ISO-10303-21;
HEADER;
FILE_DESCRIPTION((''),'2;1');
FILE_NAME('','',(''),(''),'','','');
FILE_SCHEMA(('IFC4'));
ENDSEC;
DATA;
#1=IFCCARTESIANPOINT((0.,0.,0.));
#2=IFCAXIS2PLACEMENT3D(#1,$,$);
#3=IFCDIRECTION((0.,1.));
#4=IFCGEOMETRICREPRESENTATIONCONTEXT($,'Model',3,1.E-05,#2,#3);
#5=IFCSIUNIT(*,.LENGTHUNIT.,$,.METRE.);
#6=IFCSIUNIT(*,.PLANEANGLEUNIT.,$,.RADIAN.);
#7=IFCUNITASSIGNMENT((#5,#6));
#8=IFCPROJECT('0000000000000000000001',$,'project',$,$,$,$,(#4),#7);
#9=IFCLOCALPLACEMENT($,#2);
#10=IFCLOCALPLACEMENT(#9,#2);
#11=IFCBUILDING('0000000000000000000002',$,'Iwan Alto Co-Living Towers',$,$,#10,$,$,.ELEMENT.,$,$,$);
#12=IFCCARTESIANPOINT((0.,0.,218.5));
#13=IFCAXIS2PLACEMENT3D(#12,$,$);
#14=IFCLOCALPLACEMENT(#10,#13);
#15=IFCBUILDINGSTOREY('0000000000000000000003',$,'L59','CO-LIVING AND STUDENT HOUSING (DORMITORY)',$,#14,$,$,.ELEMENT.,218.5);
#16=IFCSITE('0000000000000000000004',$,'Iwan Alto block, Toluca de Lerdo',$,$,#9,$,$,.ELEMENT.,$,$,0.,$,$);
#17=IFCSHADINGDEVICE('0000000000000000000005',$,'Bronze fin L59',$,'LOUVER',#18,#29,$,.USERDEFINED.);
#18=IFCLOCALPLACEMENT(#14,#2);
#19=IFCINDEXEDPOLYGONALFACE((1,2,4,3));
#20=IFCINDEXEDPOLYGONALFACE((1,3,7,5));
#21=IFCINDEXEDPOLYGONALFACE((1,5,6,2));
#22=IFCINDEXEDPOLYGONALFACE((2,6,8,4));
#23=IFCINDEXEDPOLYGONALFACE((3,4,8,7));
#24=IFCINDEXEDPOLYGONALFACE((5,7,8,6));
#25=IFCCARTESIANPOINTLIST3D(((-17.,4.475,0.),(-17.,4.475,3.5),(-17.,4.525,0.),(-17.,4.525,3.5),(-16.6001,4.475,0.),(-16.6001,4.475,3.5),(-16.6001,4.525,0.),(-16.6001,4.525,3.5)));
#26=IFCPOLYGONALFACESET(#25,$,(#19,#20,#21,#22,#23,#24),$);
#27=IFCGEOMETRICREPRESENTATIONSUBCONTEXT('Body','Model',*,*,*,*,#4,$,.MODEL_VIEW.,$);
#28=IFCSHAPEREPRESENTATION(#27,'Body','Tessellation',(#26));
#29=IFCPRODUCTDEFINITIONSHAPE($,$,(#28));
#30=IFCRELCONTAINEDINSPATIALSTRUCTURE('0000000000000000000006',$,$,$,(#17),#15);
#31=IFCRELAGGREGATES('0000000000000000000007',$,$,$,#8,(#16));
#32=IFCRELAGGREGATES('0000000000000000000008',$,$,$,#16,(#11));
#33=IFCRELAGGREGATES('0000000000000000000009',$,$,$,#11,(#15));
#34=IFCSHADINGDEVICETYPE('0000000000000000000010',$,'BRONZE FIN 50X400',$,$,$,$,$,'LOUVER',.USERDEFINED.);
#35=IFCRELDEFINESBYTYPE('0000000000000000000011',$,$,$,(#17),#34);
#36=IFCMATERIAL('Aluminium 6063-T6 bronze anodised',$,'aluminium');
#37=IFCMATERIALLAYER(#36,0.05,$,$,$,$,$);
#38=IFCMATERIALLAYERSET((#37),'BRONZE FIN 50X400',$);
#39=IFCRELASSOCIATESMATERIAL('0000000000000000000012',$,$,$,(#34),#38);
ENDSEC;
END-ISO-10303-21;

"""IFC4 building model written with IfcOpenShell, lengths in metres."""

from ifc_helpers import new_model, si_unit, direction, frame, origin, origin_2d, place, context, subcontext, project, spatial, rectangle, extrude, material, layer, layer_set, type_object, element, save


model = new_model("IFC4")

# Units and contexts
model_context = context("Model", 3, precision=1e-05, world=origin(), true_north=direction((0.0, 1.0)))
body_context = subcontext(model_context, "Body", "Model", "MODEL_VIEW")
ifc_project = project(units=[si_unit("LENGTHUNIT", "METRE"), si_unit("PLANEANGLEUNIT", "RADIAN")], contexts=[model_context])

# Site, building, storey
site_placement = place(None, origin())
site = spatial("IfcSite", under=ifc_project, at=site_placement, Name="Iwan Alto block, Toluca de Lerdo", CompositionType="ELEMENT", RefElevation=0.0)
building_placement = place(site_placement, origin())
building = spatial("IfcBuilding", under=site, at=building_placement, Name="Iwan Alto Co-Living Towers", CompositionType="ELEMENT")
storey_placement = place(building_placement, frame((0.0, 0.0, 218.5)))
storey = spatial("IfcBuildingStorey", under=building, at=storey_placement, Name="L59", Description="CO-LIVING AND STUDENT HOUSING (DORMITORY)", CompositionType="ELEMENT", Elevation=218.5)

# Shading device
ifc_material_1 = material(Name="Aluminium 6063-T6 bronze anodised", Category="aluminium")
ifc_layer_1 = layer(ifc_material_1, 0.05)
ifc_layer_set_1 = layer_set([ifc_layer_1], Name="BRONZE FIN 50X400")
shading_device_type = type_object("IfcShadingDeviceType", Name="BRONZE FIN 50X400", ElementType="LOUVER", PredefinedType="USERDEFINED", material=ifc_layer_set_1)
shading_device_placement = place(storey_placement, frame((-16.8, 4.5, 0.0), z_axis=(0.0, 0.0, 1.0), x_axis=(0.0, -1.0, 0.0)))
element("IfcShadingDevice", 1, at=shading_device_placement, inside=storey, type_object=shading_device_type, Name="Bronze fin L59", ObjectType="LOUVER", PredefinedType="USERDEFINED", context=body_context, shape_type="SweptSolid", body=[
    extrude(rectangle(XDim=0.05, YDim=0.3999, at=origin_2d()), origin(), (0.0, 0.0, 1.0), 3.5),
])

save(model, "model.ifc")
